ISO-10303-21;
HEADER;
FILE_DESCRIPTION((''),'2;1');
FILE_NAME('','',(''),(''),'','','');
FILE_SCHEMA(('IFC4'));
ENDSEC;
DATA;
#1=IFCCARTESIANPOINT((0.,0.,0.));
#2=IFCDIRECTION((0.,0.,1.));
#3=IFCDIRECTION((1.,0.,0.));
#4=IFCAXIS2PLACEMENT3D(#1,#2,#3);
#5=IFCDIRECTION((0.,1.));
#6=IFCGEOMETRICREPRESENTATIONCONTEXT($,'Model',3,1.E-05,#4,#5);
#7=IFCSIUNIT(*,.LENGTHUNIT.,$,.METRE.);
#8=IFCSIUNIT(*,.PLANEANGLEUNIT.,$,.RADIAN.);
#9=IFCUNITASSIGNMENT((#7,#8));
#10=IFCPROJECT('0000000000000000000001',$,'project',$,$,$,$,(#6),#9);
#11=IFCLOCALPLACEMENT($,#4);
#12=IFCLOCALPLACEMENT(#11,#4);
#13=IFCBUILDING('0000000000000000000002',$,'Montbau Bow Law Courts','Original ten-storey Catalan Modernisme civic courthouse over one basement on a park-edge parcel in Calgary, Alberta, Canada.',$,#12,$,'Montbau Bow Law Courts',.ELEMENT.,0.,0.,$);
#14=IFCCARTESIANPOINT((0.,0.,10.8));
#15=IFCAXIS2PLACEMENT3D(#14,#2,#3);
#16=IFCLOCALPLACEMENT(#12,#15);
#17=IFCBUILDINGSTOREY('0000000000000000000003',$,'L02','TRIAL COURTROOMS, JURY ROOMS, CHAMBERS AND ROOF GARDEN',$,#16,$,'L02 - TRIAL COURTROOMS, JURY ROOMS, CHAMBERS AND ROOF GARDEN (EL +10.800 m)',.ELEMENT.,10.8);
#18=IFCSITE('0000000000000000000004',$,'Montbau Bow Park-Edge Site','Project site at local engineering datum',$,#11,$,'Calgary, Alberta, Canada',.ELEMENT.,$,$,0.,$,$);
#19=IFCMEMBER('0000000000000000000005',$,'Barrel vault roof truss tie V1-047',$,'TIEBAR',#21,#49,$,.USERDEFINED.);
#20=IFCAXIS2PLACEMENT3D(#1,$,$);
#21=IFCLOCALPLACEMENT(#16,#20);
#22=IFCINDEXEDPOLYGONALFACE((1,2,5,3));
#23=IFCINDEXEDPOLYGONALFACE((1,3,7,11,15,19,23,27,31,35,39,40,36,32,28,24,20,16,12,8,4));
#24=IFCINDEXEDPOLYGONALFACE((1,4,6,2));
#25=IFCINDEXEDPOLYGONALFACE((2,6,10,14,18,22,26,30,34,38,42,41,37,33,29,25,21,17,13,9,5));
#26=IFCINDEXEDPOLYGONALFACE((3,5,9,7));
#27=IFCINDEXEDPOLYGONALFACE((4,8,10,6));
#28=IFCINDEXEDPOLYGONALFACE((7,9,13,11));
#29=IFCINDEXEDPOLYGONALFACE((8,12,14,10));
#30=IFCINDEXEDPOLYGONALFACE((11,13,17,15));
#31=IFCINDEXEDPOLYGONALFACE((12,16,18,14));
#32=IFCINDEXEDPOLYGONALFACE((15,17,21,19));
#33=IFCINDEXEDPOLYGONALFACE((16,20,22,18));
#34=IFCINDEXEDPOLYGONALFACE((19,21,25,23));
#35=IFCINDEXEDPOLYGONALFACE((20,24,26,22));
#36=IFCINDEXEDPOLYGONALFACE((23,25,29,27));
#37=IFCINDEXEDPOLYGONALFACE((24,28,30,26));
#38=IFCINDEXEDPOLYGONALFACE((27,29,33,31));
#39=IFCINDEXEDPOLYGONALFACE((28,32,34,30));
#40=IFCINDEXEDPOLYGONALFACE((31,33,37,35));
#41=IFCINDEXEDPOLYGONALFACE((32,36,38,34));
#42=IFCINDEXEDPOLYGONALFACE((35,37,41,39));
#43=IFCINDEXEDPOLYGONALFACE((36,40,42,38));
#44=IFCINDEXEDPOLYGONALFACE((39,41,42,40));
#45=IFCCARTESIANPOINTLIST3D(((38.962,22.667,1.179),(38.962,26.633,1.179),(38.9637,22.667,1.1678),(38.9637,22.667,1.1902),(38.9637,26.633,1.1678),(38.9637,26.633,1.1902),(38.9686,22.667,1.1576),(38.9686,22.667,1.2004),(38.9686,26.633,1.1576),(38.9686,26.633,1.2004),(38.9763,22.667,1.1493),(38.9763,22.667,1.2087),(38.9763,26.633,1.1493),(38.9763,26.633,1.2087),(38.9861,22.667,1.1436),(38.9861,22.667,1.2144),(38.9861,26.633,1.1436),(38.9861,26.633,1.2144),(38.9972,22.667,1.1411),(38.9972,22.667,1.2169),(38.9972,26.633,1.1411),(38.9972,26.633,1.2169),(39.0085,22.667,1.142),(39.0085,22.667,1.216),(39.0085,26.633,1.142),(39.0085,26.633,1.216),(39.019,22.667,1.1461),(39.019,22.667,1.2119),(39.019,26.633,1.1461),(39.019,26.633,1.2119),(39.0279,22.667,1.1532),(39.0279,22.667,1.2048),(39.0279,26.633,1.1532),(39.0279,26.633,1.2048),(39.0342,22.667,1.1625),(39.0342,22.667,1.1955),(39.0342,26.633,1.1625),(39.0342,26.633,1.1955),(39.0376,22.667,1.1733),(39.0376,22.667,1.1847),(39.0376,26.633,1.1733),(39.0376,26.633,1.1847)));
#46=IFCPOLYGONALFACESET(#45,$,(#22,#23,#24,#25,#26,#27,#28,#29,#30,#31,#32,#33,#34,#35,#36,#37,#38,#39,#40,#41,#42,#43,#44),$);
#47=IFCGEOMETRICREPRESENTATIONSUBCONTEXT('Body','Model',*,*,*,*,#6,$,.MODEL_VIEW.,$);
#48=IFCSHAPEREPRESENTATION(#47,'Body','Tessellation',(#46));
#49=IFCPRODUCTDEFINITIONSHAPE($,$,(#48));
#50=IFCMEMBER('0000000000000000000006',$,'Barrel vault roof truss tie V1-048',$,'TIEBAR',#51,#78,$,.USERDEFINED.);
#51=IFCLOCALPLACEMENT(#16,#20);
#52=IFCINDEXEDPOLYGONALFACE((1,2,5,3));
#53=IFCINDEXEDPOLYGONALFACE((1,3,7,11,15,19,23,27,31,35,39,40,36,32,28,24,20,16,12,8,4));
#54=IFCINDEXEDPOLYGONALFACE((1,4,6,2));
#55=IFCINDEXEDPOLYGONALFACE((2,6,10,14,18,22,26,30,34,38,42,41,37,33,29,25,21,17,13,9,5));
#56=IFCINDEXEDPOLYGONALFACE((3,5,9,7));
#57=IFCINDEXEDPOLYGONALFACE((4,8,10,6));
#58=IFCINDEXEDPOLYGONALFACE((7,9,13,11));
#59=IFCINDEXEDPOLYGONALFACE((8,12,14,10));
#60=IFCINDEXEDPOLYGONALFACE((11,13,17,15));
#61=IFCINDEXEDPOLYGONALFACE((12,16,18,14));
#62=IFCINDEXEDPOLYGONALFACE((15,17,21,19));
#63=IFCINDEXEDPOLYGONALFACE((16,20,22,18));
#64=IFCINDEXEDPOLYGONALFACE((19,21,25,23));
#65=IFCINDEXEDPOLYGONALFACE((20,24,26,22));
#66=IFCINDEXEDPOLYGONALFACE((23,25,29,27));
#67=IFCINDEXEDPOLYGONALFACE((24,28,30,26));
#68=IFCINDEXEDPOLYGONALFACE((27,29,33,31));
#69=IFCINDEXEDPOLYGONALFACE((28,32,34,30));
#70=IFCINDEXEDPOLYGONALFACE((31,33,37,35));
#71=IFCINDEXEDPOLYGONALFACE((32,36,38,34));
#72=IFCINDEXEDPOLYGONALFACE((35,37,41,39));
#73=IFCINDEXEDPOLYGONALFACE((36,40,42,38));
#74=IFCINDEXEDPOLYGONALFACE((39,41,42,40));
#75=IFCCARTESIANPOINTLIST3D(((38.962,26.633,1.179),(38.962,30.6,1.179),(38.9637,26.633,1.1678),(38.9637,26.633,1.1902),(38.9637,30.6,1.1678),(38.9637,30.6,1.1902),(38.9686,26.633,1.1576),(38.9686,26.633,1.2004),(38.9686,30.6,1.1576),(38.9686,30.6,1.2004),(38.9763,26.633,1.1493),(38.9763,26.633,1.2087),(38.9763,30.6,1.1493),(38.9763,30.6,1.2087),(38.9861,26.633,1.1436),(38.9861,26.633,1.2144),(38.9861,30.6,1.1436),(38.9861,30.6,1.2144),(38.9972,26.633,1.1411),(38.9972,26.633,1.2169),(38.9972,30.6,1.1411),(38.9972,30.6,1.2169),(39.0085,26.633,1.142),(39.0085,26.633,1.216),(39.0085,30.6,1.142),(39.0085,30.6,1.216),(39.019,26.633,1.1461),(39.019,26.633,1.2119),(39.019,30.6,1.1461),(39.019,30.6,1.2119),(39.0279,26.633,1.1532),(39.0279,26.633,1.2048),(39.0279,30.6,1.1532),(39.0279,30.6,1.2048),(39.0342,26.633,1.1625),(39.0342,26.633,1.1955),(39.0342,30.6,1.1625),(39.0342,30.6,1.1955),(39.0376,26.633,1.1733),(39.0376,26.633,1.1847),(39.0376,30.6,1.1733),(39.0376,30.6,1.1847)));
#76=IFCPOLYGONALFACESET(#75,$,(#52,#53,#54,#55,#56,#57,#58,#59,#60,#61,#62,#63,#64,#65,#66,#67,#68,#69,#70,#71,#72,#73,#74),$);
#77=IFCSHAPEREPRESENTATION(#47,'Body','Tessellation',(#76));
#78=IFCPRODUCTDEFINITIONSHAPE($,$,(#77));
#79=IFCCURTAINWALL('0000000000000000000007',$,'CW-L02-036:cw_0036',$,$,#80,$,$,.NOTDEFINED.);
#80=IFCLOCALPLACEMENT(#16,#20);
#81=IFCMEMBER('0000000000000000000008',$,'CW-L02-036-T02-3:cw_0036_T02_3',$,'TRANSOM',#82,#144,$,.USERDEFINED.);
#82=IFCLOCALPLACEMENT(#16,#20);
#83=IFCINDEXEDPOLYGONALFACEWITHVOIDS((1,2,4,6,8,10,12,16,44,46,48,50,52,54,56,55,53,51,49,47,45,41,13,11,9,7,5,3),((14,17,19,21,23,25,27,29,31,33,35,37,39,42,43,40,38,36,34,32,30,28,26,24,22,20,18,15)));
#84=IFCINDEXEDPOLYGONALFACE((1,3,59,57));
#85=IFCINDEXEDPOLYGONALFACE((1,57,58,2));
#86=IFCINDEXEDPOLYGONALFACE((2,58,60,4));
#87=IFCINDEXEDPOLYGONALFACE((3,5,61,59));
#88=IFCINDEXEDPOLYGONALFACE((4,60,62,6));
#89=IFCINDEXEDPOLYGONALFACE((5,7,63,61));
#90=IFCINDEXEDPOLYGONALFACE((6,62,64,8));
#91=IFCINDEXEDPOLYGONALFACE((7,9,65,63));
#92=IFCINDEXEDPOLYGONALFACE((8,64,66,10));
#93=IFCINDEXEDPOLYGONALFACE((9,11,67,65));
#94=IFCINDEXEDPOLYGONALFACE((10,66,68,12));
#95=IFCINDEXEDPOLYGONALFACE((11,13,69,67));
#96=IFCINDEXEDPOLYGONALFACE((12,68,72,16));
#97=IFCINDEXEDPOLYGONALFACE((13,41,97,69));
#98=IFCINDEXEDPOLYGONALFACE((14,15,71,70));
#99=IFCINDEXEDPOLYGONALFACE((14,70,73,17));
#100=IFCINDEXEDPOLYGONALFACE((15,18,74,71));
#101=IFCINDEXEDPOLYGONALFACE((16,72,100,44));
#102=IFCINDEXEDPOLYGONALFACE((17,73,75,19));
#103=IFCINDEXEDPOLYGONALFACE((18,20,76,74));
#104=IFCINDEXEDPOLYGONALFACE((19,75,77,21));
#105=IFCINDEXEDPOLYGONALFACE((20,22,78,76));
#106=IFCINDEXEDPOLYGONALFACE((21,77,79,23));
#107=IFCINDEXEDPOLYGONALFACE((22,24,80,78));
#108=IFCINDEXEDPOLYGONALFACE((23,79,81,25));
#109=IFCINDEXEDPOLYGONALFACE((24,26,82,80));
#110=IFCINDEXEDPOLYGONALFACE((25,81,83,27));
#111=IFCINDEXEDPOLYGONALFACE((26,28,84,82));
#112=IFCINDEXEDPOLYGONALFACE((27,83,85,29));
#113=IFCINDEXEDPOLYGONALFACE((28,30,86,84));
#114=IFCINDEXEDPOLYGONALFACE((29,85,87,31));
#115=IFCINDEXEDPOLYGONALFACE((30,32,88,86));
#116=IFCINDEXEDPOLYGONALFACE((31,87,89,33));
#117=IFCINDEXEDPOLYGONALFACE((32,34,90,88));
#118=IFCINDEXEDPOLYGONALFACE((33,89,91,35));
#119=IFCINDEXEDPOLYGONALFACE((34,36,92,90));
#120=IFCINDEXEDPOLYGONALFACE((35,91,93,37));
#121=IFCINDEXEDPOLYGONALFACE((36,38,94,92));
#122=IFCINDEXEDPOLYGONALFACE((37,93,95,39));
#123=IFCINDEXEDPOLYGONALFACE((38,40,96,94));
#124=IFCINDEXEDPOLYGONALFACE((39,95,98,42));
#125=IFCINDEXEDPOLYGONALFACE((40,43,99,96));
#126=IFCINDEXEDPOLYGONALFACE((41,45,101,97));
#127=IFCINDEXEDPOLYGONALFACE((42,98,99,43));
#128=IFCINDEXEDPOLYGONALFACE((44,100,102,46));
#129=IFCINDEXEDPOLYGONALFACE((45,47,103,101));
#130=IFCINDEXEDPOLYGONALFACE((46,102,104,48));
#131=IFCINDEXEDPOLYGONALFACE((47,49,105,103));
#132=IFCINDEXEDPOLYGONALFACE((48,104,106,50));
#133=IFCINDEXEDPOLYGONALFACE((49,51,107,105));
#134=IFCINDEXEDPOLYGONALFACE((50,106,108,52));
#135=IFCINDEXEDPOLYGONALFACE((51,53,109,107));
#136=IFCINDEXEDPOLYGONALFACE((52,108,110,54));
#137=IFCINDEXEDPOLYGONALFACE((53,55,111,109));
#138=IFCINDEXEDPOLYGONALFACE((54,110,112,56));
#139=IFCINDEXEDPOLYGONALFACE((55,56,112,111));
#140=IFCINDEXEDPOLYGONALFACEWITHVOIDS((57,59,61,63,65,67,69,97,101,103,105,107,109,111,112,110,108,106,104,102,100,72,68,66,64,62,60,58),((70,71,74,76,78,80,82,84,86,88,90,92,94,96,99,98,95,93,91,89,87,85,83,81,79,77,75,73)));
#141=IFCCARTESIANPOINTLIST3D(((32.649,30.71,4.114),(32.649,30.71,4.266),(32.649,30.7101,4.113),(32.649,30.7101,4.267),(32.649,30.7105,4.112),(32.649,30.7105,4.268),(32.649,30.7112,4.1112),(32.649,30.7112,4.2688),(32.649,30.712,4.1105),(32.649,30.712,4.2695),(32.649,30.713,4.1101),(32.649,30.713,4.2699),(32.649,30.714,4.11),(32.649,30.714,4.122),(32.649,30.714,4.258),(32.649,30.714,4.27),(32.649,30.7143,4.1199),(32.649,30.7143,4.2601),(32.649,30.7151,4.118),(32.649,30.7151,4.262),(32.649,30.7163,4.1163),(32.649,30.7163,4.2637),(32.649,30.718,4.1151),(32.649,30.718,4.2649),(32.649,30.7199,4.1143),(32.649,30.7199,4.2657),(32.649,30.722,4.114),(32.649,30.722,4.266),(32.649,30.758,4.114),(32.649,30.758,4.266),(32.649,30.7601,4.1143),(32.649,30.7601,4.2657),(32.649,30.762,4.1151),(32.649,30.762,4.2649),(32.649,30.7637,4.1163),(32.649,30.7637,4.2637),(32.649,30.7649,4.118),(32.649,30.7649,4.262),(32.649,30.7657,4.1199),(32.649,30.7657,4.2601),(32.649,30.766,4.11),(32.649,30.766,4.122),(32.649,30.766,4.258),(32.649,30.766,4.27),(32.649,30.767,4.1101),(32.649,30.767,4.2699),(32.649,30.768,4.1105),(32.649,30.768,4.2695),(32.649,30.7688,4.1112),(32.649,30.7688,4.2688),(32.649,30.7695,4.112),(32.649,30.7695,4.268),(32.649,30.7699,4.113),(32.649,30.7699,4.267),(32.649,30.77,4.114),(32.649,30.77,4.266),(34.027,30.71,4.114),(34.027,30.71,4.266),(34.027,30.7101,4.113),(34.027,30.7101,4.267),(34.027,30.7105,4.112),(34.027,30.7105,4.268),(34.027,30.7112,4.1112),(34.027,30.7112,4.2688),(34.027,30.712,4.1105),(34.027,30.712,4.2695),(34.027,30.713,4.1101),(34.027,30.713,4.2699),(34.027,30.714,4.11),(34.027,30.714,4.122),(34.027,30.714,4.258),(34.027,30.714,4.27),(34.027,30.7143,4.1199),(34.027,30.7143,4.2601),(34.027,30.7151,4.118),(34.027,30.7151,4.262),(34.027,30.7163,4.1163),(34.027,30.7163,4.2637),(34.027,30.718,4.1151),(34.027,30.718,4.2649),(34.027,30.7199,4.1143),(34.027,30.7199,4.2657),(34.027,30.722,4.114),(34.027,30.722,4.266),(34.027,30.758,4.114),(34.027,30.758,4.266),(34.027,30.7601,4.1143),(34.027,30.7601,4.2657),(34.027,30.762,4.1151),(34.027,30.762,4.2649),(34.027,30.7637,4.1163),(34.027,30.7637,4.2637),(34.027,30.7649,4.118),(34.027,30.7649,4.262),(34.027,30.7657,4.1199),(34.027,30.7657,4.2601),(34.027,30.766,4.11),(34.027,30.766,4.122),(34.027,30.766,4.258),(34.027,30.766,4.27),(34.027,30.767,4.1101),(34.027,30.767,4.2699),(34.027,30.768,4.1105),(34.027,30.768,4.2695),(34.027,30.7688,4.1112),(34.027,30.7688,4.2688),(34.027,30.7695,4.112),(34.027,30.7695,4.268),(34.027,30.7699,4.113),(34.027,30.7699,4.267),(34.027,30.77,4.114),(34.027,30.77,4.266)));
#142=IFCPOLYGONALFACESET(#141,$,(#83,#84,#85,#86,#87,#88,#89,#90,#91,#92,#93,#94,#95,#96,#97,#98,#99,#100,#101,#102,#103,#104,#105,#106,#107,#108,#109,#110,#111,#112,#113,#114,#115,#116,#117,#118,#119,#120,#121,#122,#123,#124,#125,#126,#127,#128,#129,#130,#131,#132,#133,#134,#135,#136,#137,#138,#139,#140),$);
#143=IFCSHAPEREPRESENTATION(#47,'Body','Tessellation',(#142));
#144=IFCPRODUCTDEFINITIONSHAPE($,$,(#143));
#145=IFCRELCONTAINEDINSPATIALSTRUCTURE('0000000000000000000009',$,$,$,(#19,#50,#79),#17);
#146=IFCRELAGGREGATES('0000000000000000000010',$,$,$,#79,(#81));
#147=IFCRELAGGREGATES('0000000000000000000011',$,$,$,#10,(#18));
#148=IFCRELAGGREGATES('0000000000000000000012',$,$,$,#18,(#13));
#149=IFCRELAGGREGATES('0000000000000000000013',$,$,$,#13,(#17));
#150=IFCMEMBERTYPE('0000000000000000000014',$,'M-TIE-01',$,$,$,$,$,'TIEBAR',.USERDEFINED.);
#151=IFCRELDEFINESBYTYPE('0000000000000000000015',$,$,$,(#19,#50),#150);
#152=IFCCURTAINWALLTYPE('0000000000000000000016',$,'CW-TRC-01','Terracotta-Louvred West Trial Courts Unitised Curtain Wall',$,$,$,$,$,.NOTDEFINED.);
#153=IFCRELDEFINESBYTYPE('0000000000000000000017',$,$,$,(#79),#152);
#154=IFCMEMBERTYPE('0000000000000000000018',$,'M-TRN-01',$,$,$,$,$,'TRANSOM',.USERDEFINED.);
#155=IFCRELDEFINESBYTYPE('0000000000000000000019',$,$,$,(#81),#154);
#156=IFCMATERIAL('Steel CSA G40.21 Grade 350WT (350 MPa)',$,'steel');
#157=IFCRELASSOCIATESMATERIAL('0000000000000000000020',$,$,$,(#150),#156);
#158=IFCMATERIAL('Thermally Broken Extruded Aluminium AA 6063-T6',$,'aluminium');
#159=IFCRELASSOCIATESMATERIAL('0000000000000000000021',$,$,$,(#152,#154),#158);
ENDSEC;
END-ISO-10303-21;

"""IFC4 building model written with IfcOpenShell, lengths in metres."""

from ifc_helpers import new_model, si_unit, direction, frame, origin_with_axes, origin_2d_with_axis, place, context, subcontext, project, spatial, hollow_rectangle, circle, extrude, material, material_profile, profile_set, type_object, element, aggregate, save


model = new_model("IFC4")

# Units and contexts
model_context = context("Model", 3, precision=1e-05, world=origin_with_axes(), true_north=direction((0.0, 1.0)))
body_context = subcontext(model_context, "Body", "Model", "MODEL_VIEW")
ifc_project = project(units=[si_unit("LENGTHUNIT", "METRE"), si_unit("PLANEANGLEUNIT", "RADIAN")], contexts=[model_context])

# Site, building, storey
site_placement = place(None, origin_with_axes())
site = spatial("IfcSite", under=ifc_project, at=site_placement, Name="Montbau Bow Park-Edge Site", Description="Project site at local engineering datum", LongName="Calgary, Alberta, Canada", CompositionType="ELEMENT", RefElevation=0.0)
building_placement = place(site_placement, origin_with_axes())
building = spatial("IfcBuilding", under=site, at=building_placement, Name="Montbau Bow Law Courts", Description="Original ten-storey Catalan Modernisme civic courthouse over one basement on a park-edge parcel in Calgary, Alberta, Canada.", LongName="Montbau Bow Law Courts", CompositionType="ELEMENT", ElevationOfRefHeight=0.0, ElevationOfTerrain=0.0)
storey_placement = place(building_placement, frame((0.0, 0.0, 10.8), z_axis=(0.0, 0.0, 1.0), x_axis=(1.0, 0.0, 0.0)))
storey = spatial("IfcBuildingStorey", under=building, at=storey_placement, Name="L02", Description="TRIAL COURTROOMS, JURY ROOMS, CHAMBERS AND ROOF GARDEN", LongName="L02 - TRIAL COURTROOMS, JURY ROOMS, CHAMBERS AND ROOF GARDEN (EL +10.800 m)", CompositionType="ELEMENT", Elevation=10.8)

# Shared definitions
ifc_material_1 = material(Name="Steel CSA G40.21 Grade 350WT (350 MPa)", Category="steel")

# Members
ifc_material_profile_1 = material_profile(ifc_material_1, circle(Radius=0.038, at=origin_2d_with_axis()), Name="ROD76", Category="Main", Priority=0)
ifc_profile_set_1 = profile_set([ifc_material_profile_1], Name="Steel CSA G40.21 Grade 350WT (350 MPa)")
member_type_1 = type_object("IfcMemberType", Name="M-TIE-01", ElementType="TIEBAR", PredefinedType="USERDEFINED", material=ifc_profile_set_1)
member_1_placement = place(None, frame((39.0, 22.667, 11.979), z_axis=(0.0, 1.0, 0.0), x_axis=(-1.0, 0.0, 0.0)))
element("IfcMember", 1, at=member_1_placement, inside=storey, type_object=member_type_1, Name="Barrel vault roof truss tie V1-047", ObjectType="TIEBAR", PredefinedType="USERDEFINED", context=body_context, shape_type="SweptSolid", body=[
    extrude(circle(Radius=0.038, at=origin_2d_with_axis()), origin_with_axes(), (0.0, 0.0, 1.0), 3.966),
])
member_2_placement = place(None, frame((39.0, 26.633, 11.979), z_axis=(0.0, 1.0, 0.0), x_axis=(-1.0, 0.0, 0.0)))
element("IfcMember", 2, at=member_2_placement, inside=storey, type_object=member_type_1, Name="Barrel vault roof truss tie V1-048", ObjectType="TIEBAR", PredefinedType="USERDEFINED", context=body_context, shape_type="SweptSolid", body=[
    extrude(circle(Radius=0.038, at=origin_2d_with_axis()), origin_with_axes(), (0.0, 0.0, 1.0), 3.967),
])

# Curtain wall, member
ifc_material_2 = material(Name="Thermally Broken Extruded Aluminium AA 6063-T6", Category="aluminium")
curtain_wall_type = type_object("IfcCurtainWallType", Name="CW-TRC-01", Description="Terracotta-Louvred West Trial Courts Unitised Curtain Wall", PredefinedType="NOTDEFINED", material=ifc_material_2)
curtain_wall_1_placement = place(None, frame((31.115, 30.74, 10.8), z_axis=(0.0, 0.0, 1.0), x_axis=(1.0, 0.0, 0.0)))
curtain_wall_1 = element("IfcCurtainWall", 3, at=curtain_wall_1_placement, inside=storey, type_object=curtain_wall_type, Name="CW-L02-036:cw_0036", PredefinedType="NOTDEFINED")
ifc_material_profile_2 = material_profile(ifc_material_2, hollow_rectangle(XDim=0.06, YDim=0.16, WallThickness=0.004, InnerFilletRadius=0.008, OuterFilletRadius=0.004, at=origin_2d_with_axis()), Name="CWT-160X60", Category="Main", Priority=0)
ifc_profile_set_2 = profile_set([ifc_material_profile_2], Name="Thermally Broken Extruded Aluminium AA 6063-T6")
member_type_2 = type_object("IfcMemberType", Name="M-TRN-01", ElementType="TRANSOM", PredefinedType="USERDEFINED", material=ifc_profile_set_2)
member_3_placement = place(None, frame((32.649, 30.74, 14.99), z_axis=(1.0, 0.0, 0.0), x_axis=(0.0, 1.0, 0.0)))
member_3 = element("IfcMember", 4, at=member_3_placement, type_object=member_type_2, Name="CW-L02-036-T02-3:cw_0036_T02_3", ObjectType="TRANSOM", PredefinedType="USERDEFINED", context=body_context, shape_type="SweptSolid", body=[
    extrude(hollow_rectangle(XDim=0.06, YDim=0.16, WallThickness=0.004, InnerFilletRadius=0.008, OuterFilletRadius=0.004, at=origin_2d_with_axis()), origin_with_axes(), (0.0, 0.0, 1.0), 1.378),
])
aggregate(curtain_wall_1, [member_3])

save(model, "model.ifc")
